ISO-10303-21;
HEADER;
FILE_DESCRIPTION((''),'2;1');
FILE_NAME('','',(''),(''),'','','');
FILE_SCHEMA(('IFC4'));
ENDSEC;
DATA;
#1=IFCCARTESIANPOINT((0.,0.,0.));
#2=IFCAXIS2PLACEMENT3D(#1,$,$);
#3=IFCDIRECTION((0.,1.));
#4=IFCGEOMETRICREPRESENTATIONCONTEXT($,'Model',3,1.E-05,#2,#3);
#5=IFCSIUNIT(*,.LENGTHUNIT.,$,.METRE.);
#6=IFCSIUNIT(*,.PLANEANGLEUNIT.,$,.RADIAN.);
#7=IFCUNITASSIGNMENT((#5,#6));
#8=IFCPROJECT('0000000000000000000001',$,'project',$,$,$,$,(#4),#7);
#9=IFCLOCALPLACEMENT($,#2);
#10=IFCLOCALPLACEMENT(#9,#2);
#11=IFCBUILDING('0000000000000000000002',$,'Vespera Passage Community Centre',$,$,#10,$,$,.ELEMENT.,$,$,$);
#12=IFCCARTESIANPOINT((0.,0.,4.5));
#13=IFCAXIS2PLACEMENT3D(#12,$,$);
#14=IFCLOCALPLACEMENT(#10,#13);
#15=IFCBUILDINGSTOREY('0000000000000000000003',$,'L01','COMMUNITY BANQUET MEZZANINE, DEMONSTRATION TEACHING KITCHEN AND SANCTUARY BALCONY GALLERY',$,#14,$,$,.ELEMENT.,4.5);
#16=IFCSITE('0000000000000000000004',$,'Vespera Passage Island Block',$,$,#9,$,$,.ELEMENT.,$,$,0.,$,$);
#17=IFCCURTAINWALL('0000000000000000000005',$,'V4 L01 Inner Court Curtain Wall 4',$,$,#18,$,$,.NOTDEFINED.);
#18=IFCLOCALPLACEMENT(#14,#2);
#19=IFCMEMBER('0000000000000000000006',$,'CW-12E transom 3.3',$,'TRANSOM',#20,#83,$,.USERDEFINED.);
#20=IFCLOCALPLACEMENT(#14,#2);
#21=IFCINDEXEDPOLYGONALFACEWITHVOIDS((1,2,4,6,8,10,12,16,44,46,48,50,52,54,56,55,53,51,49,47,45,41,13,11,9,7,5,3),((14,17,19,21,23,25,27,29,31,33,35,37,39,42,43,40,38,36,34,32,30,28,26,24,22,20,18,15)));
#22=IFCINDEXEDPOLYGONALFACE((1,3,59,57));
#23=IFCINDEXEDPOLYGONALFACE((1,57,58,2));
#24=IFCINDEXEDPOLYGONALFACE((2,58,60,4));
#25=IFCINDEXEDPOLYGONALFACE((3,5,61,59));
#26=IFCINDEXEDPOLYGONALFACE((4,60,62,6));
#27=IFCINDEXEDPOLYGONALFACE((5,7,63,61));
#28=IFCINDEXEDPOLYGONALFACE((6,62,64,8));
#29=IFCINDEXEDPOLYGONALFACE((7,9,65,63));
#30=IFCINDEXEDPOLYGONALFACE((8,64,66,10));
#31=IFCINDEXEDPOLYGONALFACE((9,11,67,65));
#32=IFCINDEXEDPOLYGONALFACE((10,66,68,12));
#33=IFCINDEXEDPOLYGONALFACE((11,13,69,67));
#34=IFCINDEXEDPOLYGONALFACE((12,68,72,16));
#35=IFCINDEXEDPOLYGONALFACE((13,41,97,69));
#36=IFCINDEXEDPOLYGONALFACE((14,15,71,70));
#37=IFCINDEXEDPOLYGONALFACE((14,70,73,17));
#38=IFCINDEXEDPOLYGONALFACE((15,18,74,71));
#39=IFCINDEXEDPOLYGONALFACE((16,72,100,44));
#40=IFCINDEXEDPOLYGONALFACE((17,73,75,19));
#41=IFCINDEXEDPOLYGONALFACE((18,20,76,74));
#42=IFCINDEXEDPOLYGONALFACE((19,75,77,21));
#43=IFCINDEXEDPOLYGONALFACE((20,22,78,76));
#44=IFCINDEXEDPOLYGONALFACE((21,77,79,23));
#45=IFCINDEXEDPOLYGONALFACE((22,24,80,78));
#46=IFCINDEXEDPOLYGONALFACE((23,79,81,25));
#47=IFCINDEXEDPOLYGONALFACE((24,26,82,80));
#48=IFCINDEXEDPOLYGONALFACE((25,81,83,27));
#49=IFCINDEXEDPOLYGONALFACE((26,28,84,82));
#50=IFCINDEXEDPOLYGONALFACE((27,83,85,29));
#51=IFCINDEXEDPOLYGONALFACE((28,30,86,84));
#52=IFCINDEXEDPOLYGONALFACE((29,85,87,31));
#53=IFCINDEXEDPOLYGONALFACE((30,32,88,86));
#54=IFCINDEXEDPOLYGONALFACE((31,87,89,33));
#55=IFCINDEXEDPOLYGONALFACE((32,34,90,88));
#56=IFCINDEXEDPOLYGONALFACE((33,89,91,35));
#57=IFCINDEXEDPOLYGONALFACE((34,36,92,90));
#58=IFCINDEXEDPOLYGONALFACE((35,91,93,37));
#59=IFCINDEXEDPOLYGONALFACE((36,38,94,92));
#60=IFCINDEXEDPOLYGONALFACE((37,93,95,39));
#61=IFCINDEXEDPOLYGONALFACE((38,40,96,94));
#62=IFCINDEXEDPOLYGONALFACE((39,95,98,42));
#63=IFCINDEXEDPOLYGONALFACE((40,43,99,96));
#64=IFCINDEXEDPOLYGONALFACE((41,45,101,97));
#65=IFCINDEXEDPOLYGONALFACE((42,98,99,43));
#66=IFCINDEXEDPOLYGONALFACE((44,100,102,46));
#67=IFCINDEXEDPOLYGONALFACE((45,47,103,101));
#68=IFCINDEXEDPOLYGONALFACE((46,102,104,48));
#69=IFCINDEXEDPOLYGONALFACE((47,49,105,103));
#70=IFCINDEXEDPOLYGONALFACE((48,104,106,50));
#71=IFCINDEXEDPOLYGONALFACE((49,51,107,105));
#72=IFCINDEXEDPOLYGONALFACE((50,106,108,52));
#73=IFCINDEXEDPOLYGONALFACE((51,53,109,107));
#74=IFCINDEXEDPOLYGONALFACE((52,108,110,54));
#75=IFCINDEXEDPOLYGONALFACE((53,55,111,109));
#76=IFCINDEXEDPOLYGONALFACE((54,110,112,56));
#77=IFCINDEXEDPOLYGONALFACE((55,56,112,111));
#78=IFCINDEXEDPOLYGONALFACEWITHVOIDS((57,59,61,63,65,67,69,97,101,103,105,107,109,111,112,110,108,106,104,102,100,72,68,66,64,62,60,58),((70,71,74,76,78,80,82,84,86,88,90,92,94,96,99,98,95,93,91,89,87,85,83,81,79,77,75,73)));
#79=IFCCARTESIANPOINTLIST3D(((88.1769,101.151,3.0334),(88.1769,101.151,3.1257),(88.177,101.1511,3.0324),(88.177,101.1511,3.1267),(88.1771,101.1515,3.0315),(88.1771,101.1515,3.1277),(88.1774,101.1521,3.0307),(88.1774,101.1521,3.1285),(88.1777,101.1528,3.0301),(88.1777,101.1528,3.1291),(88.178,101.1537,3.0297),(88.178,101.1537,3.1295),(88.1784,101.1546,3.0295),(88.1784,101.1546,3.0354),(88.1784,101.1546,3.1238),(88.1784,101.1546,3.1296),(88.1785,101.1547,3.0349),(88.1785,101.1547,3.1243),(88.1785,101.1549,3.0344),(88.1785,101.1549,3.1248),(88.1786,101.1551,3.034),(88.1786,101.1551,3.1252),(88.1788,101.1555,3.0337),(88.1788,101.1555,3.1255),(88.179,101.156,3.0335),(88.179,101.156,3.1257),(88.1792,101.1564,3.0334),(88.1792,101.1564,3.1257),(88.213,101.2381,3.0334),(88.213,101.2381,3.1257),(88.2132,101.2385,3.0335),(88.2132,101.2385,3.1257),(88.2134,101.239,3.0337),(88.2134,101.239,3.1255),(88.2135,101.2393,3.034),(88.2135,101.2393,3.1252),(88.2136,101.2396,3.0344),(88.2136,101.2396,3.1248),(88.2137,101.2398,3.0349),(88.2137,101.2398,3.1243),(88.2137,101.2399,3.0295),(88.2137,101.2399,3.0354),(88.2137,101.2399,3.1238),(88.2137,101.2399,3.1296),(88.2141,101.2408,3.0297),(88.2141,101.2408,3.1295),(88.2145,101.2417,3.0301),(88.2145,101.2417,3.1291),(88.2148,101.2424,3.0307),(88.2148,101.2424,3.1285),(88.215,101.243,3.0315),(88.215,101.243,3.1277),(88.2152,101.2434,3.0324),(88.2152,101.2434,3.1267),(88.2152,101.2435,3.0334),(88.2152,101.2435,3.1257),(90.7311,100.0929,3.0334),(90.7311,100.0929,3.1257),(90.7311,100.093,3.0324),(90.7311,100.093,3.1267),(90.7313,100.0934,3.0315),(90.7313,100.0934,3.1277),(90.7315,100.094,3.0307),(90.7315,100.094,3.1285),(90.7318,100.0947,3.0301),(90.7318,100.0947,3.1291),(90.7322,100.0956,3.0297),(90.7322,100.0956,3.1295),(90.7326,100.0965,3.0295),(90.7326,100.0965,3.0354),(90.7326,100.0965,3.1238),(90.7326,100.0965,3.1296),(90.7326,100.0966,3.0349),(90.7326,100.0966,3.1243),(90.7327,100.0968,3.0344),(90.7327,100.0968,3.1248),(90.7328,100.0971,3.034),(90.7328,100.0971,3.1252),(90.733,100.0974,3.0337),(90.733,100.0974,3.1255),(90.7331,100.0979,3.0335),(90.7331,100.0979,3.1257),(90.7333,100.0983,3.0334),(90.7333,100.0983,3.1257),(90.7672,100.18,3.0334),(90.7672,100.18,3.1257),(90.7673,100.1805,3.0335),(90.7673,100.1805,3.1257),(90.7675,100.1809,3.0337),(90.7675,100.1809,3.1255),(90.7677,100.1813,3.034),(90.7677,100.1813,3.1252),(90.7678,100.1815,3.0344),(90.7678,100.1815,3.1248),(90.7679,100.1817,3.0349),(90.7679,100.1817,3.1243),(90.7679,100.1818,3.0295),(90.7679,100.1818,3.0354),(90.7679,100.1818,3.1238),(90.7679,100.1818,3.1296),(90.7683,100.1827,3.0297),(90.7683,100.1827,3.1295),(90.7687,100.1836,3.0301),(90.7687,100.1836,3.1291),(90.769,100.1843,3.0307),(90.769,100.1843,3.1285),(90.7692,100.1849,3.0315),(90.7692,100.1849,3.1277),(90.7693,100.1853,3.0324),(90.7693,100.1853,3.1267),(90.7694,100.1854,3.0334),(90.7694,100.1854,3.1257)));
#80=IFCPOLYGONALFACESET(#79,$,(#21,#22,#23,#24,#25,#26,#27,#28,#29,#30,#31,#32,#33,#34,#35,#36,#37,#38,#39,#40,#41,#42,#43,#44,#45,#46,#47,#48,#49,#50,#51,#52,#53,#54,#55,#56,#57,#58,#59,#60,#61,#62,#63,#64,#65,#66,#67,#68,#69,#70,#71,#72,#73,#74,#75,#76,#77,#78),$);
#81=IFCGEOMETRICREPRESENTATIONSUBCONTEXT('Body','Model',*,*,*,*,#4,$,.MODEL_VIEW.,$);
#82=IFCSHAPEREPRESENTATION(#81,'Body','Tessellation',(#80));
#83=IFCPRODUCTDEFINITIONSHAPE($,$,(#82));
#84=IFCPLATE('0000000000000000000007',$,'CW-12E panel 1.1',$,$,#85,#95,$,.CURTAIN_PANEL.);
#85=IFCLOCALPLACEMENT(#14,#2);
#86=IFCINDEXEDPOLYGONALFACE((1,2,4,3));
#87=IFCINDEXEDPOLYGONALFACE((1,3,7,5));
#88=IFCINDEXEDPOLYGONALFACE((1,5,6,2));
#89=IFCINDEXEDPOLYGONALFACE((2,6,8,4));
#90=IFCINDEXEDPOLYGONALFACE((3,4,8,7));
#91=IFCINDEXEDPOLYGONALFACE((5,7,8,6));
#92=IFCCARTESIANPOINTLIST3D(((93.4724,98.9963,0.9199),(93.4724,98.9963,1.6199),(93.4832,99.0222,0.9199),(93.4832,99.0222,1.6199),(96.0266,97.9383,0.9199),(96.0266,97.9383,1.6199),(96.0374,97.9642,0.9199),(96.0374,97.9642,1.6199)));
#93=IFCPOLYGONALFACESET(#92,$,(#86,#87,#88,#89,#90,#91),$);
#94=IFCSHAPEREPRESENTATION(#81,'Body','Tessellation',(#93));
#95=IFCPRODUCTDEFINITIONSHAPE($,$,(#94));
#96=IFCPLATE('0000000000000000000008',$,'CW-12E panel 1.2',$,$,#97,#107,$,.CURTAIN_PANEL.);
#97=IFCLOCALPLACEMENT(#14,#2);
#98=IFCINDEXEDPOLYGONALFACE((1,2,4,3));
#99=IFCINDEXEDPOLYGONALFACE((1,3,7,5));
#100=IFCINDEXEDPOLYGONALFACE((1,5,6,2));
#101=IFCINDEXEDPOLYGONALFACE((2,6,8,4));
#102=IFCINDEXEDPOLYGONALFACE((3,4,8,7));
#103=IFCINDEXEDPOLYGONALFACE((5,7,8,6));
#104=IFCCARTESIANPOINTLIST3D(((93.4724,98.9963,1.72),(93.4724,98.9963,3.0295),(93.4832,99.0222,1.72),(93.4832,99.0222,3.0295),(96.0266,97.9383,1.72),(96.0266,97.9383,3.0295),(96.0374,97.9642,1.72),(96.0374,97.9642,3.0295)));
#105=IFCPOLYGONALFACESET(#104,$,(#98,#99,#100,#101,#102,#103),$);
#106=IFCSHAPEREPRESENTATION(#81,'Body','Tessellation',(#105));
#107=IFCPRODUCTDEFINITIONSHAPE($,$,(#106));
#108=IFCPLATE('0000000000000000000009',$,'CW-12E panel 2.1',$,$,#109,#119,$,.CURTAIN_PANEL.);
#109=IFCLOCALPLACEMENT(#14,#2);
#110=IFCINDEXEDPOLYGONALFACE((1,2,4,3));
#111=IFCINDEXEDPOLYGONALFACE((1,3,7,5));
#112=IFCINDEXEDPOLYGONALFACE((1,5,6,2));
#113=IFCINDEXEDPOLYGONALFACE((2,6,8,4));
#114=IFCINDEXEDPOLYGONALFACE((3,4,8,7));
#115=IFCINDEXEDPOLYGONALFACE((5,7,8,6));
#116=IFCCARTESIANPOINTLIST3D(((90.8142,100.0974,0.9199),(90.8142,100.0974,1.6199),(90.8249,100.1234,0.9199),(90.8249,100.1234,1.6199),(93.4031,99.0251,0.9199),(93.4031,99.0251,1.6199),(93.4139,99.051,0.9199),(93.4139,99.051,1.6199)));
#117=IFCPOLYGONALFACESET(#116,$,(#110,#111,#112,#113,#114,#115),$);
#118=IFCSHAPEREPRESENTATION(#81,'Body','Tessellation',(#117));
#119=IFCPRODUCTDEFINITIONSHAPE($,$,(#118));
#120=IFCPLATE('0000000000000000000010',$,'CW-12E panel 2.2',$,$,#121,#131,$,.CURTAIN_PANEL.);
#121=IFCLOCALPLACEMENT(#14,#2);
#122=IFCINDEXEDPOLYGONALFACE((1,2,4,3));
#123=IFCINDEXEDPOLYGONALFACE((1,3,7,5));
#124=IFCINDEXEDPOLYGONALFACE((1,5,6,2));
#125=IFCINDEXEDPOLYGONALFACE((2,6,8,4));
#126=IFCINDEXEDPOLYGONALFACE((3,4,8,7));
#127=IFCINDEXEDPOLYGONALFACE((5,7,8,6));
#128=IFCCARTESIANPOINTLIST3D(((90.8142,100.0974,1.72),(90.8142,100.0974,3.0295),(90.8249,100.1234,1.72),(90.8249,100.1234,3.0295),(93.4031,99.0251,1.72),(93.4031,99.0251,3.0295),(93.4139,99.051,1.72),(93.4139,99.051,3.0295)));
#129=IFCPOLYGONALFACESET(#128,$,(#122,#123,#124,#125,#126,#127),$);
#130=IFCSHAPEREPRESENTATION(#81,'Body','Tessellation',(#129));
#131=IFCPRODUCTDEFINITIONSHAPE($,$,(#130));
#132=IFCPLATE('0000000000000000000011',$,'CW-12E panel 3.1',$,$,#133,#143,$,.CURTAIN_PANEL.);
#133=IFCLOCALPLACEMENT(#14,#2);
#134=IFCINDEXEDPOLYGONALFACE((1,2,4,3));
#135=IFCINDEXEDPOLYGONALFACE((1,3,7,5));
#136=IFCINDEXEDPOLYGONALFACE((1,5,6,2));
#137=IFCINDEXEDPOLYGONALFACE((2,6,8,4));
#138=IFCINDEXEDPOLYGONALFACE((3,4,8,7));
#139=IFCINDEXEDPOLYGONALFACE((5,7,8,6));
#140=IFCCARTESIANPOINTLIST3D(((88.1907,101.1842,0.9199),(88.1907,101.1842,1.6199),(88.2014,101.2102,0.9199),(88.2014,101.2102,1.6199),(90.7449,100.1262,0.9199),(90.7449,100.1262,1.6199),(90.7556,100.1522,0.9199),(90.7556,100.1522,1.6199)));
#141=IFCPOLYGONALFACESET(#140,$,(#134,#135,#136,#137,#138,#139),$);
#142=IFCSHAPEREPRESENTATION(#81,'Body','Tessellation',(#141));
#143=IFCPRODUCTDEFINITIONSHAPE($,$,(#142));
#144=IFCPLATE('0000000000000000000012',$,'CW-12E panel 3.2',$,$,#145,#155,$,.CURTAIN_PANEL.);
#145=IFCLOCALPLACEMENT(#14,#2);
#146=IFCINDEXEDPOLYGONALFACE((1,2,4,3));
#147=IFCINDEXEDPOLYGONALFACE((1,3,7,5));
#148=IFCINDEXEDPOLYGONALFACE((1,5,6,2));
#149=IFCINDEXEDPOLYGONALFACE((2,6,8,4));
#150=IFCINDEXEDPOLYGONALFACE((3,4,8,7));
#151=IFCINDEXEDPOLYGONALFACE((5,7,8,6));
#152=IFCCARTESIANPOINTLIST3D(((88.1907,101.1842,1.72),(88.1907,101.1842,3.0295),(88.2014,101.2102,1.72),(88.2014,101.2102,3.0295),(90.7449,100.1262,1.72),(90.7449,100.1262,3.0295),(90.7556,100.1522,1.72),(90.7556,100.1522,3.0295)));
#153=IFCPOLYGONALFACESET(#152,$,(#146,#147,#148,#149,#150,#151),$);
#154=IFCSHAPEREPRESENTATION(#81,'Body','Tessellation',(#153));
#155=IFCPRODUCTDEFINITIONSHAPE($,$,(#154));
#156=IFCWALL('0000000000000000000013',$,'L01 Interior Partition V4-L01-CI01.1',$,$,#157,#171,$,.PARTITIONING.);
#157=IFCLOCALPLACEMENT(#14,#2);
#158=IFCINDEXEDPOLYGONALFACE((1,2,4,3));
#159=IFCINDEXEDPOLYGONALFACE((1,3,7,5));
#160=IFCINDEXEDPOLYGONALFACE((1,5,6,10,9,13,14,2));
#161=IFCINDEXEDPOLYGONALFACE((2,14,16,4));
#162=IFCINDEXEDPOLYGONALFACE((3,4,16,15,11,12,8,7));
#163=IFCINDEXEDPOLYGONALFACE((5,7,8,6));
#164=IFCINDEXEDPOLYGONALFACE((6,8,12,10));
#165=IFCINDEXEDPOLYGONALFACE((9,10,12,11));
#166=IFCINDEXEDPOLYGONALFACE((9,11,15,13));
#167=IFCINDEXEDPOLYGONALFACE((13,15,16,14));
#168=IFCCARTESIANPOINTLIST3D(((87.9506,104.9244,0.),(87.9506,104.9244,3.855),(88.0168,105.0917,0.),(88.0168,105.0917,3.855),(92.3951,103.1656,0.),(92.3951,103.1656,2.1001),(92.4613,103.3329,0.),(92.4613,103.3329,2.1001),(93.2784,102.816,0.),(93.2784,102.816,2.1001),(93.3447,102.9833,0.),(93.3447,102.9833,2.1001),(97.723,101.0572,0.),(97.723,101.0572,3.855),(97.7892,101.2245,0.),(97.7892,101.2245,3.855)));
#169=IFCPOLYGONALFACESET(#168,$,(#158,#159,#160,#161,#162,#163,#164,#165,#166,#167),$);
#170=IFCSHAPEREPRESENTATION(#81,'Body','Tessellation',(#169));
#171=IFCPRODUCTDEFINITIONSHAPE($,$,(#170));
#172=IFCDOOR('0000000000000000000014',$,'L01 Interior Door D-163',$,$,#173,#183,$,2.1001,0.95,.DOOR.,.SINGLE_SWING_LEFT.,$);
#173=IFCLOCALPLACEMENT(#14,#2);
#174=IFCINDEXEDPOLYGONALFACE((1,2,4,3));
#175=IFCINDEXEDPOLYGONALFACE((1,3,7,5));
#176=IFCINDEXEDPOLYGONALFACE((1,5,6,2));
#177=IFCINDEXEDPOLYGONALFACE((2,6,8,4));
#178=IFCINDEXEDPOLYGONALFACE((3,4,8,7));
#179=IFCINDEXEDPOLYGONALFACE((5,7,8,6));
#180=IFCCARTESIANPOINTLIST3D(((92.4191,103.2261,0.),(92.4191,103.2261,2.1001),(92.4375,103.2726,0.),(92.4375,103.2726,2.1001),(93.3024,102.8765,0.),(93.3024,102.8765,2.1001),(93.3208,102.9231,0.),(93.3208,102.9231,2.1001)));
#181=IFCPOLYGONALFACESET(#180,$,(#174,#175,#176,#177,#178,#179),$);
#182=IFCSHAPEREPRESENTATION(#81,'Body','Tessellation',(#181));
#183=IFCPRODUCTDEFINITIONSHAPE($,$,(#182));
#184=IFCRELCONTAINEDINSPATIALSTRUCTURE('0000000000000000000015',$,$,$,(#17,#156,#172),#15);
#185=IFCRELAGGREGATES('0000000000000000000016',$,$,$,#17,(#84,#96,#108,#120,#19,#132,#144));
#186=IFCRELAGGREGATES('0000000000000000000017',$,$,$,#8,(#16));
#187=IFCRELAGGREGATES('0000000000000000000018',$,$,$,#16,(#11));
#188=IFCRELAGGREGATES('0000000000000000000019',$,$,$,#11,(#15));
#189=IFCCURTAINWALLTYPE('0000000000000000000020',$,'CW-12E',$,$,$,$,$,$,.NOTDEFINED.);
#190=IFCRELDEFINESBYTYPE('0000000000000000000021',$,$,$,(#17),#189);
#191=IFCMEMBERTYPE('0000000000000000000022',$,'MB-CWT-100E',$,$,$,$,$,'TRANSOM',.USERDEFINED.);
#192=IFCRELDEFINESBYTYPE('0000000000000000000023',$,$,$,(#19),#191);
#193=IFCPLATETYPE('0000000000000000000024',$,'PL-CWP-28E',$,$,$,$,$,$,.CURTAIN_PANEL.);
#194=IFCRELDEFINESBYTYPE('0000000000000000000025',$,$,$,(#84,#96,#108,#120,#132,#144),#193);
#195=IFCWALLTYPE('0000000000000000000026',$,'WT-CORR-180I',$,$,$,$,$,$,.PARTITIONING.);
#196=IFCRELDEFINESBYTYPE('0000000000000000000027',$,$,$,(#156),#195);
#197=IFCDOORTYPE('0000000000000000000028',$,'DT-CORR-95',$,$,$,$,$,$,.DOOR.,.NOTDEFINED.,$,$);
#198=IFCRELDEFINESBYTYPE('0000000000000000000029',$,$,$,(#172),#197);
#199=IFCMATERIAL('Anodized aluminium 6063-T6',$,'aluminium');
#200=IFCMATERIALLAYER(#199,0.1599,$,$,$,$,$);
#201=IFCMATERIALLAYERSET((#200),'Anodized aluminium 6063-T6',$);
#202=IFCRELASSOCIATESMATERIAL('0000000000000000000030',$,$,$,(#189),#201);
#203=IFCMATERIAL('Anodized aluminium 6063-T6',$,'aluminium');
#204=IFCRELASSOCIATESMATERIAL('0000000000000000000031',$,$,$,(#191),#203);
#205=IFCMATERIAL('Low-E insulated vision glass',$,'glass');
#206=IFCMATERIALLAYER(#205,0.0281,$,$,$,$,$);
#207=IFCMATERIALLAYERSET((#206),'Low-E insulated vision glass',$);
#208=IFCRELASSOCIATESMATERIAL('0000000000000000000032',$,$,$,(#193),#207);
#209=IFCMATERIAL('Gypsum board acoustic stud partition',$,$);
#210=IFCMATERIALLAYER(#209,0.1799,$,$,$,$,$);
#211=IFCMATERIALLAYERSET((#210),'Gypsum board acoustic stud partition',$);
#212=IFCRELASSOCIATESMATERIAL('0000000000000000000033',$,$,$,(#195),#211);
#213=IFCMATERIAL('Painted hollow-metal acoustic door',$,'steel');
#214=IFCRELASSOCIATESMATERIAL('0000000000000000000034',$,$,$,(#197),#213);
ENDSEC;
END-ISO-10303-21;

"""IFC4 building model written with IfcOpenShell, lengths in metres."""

from ifc_helpers import new_model, si_unit, direction, frame, frame_2d, origin, origin_2d, place, context, subcontext, project, spatial, rectangle, hollow_rectangle, extrude, material, layer, layer_set, material_profile, profile_set, type_object, element, fill, aggregate, save


model = new_model("IFC4")

# Units and contexts
model_context = context("Model", 3, precision=1e-05, world=origin(), true_north=direction((0.0, 1.0)))
body_context = subcontext(model_context, "Body", "Model", "MODEL_VIEW")
ifc_project = project(units=[si_unit("LENGTHUNIT", "METRE"), si_unit("PLANEANGLEUNIT", "RADIAN")], contexts=[model_context])

# Site, building, storey
site_placement = place(None, origin())
site = spatial("IfcSite", under=ifc_project, at=site_placement, Name="Vespera Passage Island Block", CompositionType="ELEMENT", RefElevation=0.0)
building_placement = place(site_placement, origin())
building = spatial("IfcBuilding", under=site, at=building_placement, Name="Vespera Passage Community Centre", CompositionType="ELEMENT")
storey_placement = place(building_placement, frame((0.0, 0.0, 4.5)))
storey = spatial("IfcBuildingStorey", under=building, at=storey_placement, Name="L01", Description="COMMUNITY BANQUET MEZZANINE, DEMONSTRATION TEACHING KITCHEN AND SANCTUARY BALCONY GALLERY", CompositionType="ELEMENT", Elevation=4.5)

# Curtain wall, member, plates
ifc_material_1 = material(Name="Anodized aluminium 6063-T6", Category="aluminium")
ifc_layer_1 = layer(ifc_material_1, 0.1599)
ifc_layer_set_1 = layer_set([ifc_layer_1], Name="Anodized aluminium 6063-T6")
curtain_wall_type = type_object("IfcCurtainWallType", Name="CW-12E", PredefinedType="NOTDEFINED", material=ifc_layer_set_1)
curtain_wall_placement = place(storey_placement, origin())
curtain_wall = element("IfcCurtainWall", 1, at=curtain_wall_placement, inside=storey, type_object=curtain_wall_type, Name="V4 L01 Inner Court Curtain Wall 4", PredefinedType="NOTDEFINED")
ifc_material_2 = material(Name="Anodized aluminium 6063-T6", Category="aluminium")
ifc_material_profile_1 = material_profile(ifc_material_2, hollow_rectangle(XDim=0.1001, YDim=0.1001, WallThickness=0.0039, InnerFilletRadius=0.002, OuterFilletRadius=0.0039, at=origin_2d()), Name="ALU100X100X4")
ifc_profile_set_1 = profile_set([ifc_material_profile_1], Name="Anodized aluminium 6063-T6")
member_type_1 = type_object("IfcMemberType", Name="MB-CWT-100E", ElementType="TRANSOM", PredefinedType="USERDEFINED", material=ifc_profile_set_1)
member_1_placement = place(storey_placement, frame((90.7502, 100.1392, 3.0796), z_axis=(-0.923864, 0.382721, 0.0), x_axis=(-0.382721, -0.923864, 0.0)))
member_1 = element("IfcMember", 2, at=member_1_placement, type_object=member_type_1, Name="CW-12E transom 3.3", ObjectType="TRANSOM", PredefinedType="USERDEFINED", context=body_context, shape_type="SweptSolid", body=[
    extrude(hollow_rectangle(XDim=0.1001, YDim=0.1001, WallThickness=0.0039, InnerFilletRadius=0.002, OuterFilletRadius=0.0039, at=origin_2d()), origin(), (0.0, 0.0, 1.0), 2.7646),
])
ifc_material_3 = material(Name="Low-E insulated vision glass", Category="glass")
ifc_layer_2 = layer(ifc_material_3, 0.0281)
ifc_layer_set_2 = layer_set([ifc_layer_2], Name="Low-E insulated vision glass")
plate_type = type_object("IfcPlateType", Name="PL-CWP-28E", PredefinedType="CURTAIN_PANEL", material=ifc_layer_set_2)
plate_1_placement = place(storey_placement, frame((94.7549, 98.4802, 0.9199), z_axis=(0.0, 0.0, 1.0), x_axis=(-0.923877, 0.38269, 0.0)))
plate_1 = element("IfcPlate", 3, at=plate_1_placement, type_object=plate_type, Name="CW-12E panel 1.1", PredefinedType="CURTAIN_PANEL", context=body_context, shape_type="SweptSolid", body=[
    extrude(rectangle(XDim=2.7646, YDim=0.0281, at=origin_2d()), origin(), (0.0, 0.0, 1.0), 0.7),
])
plate_2_placement = place(storey_placement, frame((94.7549, 98.4802, 1.72), z_axis=(0.0, 0.0, 1.0), x_axis=(-0.923877, 0.38269, 0.0)))
plate_2 = element("IfcPlate", 4, at=plate_2_placement, type_object=plate_type, Name="CW-12E panel 1.2", PredefinedType="CURTAIN_PANEL", context=body_context, shape_type="SweptSolid", body=[
    extrude(rectangle(XDim=2.7646, YDim=0.0281, at=origin_2d()), origin(), (0.0, 0.0, 1.0), 1.3096),
])
plate_3_placement = place(storey_placement, frame((92.114, 99.5742, 0.9199), z_axis=(0.0, 0.0, 1.0), x_axis=(-0.923877, 0.38269, 0.0)))
plate_3 = element("IfcPlate", 5, at=plate_3_placement, type_object=plate_type, Name="CW-12E panel 2.1", PredefinedType="CURTAIN_PANEL", context=body_context, shape_type="SweptSolid", body=[
    extrude(rectangle(XDim=2.8022, YDim=0.0281, at=origin_2d()), origin(), (0.0, 0.0, 1.0), 0.7),
])
plate_4_placement = place(storey_placement, frame((92.114, 99.5742, 1.72), z_axis=(0.0, 0.0, 1.0), x_axis=(-0.923877, 0.38269, 0.0)))
plate_4 = element("IfcPlate", 6, at=plate_4_placement, type_object=plate_type, Name="CW-12E panel 2.2", PredefinedType="CURTAIN_PANEL", context=body_context, shape_type="SweptSolid", body=[
    extrude(rectangle(XDim=2.8022, YDim=0.0281, at=origin_2d()), origin(), (0.0, 0.0, 1.0), 1.3096),
])
plate_5_placement = place(storey_placement, frame((89.4731, 100.6682, 0.9199), z_axis=(0.0, 0.0, 1.0), x_axis=(-0.923877, 0.38269, 0.0)))
plate_5 = element("IfcPlate", 7, at=plate_5_placement, type_object=plate_type, Name="CW-12E panel 3.1", PredefinedType="CURTAIN_PANEL", context=body_context, shape_type="SweptSolid", body=[
    extrude(rectangle(XDim=2.7646, YDim=0.0281, at=origin_2d()), origin(), (0.0, 0.0, 1.0), 0.7),
])
plate_6_placement = place(storey_placement, frame((89.4731, 100.6682, 1.72), z_axis=(0.0, 0.0, 1.0), x_axis=(-0.923877, 0.38269, 0.0)))
plate_6 = element("IfcPlate", 8, at=plate_6_placement, type_object=plate_type, Name="CW-12E panel 3.2", PredefinedType="CURTAIN_PANEL", context=body_context, shape_type="SweptSolid", body=[
    extrude(rectangle(XDim=2.7646, YDim=0.0281, at=origin_2d()), origin(), (0.0, 0.0, 1.0), 1.3096),
])
aggregate(curtain_wall, [plate_1, plate_2, plate_3, plate_4, member_1, plate_5, plate_6])

# Wall, opening, door
ifc_material_4 = material(Name="Gypsum board acoustic stud partition")
ifc_layer_3 = layer(ifc_material_4, 0.1799)
ifc_layer_set_3 = layer_set([ifc_layer_3], Name="Gypsum board acoustic stud partition")
wall_type_1 = type_object("IfcWallType", Name="WT-CORR-180I", PredefinedType="PARTITIONING", material=ifc_layer_set_3)
wall_1_placement = place(storey_placement, frame((97.7561, 101.1409, 0.0), z_axis=(0.0, 0.0, 1.0), x_axis=(-0.929842, 0.36796, 0.0)))
wall_1 = element("IfcWall", 9, at=wall_1_placement, inside=storey, type_object=wall_type_1, Name="L01 Interior Partition V4-L01-CI01.1", PredefinedType="PARTITIONING", context=body_context, shape_type="SweptSolid", body=[
    extrude(rectangle(XDim=10.5098, YDim=0.1799, at=frame_2d((5.2549, 0.0))), origin(), (0.0, 0.0, 1.0), 3.855),
])
opening_placement = place(wall_1_placement, frame((4.7798, 0.0, 0.0)))
opening = element("IfcOpeningElement", 10, at=opening_placement, cuts=wall_1, PredefinedType="OPENING", context=body_context, shape_type="SweptSolid", body=[
    extrude(rectangle(XDim=0.95, YDim=2.1001, at=frame_2d((0.4751, 1.05))), frame((0.0, 0.0999, 0.0), z_axis=(0.0, -1.0, 0.0), x_axis=(1.0, 0.0, 0.0)), (0.0, 0.0, 1.0), 0.2),
])
ifc_material_5 = material(Name="Painted hollow-metal acoustic door", Category="steel")
door_type = type_object("IfcDoorType", Name="DT-CORR-95", OperationType="NOTDEFINED", PredefinedType="DOOR", material=ifc_material_5)
door_placement = place(opening_placement, origin())
door = element("IfcDoor", 11, at=door_placement, inside=storey, type_object=door_type, Name="L01 Interior Door D-163", OperationType="SINGLE_SWING_LEFT", OverallHeight=2.1001, OverallWidth=0.95, PredefinedType="DOOR", context=body_context, shape_type="SweptSolid", body=[
    extrude(rectangle(XDim=0.95, YDim=2.1001, at=frame_2d((0.4751, 1.05))), frame((0.0, 0.0249, 0.0), z_axis=(0.0, -1.0, 0.0), x_axis=(1.0, 0.0, 0.0)), (0.0, 0.0, 1.0), 0.05),
])
fill(opening, door)

save(model, "model.ifc")
